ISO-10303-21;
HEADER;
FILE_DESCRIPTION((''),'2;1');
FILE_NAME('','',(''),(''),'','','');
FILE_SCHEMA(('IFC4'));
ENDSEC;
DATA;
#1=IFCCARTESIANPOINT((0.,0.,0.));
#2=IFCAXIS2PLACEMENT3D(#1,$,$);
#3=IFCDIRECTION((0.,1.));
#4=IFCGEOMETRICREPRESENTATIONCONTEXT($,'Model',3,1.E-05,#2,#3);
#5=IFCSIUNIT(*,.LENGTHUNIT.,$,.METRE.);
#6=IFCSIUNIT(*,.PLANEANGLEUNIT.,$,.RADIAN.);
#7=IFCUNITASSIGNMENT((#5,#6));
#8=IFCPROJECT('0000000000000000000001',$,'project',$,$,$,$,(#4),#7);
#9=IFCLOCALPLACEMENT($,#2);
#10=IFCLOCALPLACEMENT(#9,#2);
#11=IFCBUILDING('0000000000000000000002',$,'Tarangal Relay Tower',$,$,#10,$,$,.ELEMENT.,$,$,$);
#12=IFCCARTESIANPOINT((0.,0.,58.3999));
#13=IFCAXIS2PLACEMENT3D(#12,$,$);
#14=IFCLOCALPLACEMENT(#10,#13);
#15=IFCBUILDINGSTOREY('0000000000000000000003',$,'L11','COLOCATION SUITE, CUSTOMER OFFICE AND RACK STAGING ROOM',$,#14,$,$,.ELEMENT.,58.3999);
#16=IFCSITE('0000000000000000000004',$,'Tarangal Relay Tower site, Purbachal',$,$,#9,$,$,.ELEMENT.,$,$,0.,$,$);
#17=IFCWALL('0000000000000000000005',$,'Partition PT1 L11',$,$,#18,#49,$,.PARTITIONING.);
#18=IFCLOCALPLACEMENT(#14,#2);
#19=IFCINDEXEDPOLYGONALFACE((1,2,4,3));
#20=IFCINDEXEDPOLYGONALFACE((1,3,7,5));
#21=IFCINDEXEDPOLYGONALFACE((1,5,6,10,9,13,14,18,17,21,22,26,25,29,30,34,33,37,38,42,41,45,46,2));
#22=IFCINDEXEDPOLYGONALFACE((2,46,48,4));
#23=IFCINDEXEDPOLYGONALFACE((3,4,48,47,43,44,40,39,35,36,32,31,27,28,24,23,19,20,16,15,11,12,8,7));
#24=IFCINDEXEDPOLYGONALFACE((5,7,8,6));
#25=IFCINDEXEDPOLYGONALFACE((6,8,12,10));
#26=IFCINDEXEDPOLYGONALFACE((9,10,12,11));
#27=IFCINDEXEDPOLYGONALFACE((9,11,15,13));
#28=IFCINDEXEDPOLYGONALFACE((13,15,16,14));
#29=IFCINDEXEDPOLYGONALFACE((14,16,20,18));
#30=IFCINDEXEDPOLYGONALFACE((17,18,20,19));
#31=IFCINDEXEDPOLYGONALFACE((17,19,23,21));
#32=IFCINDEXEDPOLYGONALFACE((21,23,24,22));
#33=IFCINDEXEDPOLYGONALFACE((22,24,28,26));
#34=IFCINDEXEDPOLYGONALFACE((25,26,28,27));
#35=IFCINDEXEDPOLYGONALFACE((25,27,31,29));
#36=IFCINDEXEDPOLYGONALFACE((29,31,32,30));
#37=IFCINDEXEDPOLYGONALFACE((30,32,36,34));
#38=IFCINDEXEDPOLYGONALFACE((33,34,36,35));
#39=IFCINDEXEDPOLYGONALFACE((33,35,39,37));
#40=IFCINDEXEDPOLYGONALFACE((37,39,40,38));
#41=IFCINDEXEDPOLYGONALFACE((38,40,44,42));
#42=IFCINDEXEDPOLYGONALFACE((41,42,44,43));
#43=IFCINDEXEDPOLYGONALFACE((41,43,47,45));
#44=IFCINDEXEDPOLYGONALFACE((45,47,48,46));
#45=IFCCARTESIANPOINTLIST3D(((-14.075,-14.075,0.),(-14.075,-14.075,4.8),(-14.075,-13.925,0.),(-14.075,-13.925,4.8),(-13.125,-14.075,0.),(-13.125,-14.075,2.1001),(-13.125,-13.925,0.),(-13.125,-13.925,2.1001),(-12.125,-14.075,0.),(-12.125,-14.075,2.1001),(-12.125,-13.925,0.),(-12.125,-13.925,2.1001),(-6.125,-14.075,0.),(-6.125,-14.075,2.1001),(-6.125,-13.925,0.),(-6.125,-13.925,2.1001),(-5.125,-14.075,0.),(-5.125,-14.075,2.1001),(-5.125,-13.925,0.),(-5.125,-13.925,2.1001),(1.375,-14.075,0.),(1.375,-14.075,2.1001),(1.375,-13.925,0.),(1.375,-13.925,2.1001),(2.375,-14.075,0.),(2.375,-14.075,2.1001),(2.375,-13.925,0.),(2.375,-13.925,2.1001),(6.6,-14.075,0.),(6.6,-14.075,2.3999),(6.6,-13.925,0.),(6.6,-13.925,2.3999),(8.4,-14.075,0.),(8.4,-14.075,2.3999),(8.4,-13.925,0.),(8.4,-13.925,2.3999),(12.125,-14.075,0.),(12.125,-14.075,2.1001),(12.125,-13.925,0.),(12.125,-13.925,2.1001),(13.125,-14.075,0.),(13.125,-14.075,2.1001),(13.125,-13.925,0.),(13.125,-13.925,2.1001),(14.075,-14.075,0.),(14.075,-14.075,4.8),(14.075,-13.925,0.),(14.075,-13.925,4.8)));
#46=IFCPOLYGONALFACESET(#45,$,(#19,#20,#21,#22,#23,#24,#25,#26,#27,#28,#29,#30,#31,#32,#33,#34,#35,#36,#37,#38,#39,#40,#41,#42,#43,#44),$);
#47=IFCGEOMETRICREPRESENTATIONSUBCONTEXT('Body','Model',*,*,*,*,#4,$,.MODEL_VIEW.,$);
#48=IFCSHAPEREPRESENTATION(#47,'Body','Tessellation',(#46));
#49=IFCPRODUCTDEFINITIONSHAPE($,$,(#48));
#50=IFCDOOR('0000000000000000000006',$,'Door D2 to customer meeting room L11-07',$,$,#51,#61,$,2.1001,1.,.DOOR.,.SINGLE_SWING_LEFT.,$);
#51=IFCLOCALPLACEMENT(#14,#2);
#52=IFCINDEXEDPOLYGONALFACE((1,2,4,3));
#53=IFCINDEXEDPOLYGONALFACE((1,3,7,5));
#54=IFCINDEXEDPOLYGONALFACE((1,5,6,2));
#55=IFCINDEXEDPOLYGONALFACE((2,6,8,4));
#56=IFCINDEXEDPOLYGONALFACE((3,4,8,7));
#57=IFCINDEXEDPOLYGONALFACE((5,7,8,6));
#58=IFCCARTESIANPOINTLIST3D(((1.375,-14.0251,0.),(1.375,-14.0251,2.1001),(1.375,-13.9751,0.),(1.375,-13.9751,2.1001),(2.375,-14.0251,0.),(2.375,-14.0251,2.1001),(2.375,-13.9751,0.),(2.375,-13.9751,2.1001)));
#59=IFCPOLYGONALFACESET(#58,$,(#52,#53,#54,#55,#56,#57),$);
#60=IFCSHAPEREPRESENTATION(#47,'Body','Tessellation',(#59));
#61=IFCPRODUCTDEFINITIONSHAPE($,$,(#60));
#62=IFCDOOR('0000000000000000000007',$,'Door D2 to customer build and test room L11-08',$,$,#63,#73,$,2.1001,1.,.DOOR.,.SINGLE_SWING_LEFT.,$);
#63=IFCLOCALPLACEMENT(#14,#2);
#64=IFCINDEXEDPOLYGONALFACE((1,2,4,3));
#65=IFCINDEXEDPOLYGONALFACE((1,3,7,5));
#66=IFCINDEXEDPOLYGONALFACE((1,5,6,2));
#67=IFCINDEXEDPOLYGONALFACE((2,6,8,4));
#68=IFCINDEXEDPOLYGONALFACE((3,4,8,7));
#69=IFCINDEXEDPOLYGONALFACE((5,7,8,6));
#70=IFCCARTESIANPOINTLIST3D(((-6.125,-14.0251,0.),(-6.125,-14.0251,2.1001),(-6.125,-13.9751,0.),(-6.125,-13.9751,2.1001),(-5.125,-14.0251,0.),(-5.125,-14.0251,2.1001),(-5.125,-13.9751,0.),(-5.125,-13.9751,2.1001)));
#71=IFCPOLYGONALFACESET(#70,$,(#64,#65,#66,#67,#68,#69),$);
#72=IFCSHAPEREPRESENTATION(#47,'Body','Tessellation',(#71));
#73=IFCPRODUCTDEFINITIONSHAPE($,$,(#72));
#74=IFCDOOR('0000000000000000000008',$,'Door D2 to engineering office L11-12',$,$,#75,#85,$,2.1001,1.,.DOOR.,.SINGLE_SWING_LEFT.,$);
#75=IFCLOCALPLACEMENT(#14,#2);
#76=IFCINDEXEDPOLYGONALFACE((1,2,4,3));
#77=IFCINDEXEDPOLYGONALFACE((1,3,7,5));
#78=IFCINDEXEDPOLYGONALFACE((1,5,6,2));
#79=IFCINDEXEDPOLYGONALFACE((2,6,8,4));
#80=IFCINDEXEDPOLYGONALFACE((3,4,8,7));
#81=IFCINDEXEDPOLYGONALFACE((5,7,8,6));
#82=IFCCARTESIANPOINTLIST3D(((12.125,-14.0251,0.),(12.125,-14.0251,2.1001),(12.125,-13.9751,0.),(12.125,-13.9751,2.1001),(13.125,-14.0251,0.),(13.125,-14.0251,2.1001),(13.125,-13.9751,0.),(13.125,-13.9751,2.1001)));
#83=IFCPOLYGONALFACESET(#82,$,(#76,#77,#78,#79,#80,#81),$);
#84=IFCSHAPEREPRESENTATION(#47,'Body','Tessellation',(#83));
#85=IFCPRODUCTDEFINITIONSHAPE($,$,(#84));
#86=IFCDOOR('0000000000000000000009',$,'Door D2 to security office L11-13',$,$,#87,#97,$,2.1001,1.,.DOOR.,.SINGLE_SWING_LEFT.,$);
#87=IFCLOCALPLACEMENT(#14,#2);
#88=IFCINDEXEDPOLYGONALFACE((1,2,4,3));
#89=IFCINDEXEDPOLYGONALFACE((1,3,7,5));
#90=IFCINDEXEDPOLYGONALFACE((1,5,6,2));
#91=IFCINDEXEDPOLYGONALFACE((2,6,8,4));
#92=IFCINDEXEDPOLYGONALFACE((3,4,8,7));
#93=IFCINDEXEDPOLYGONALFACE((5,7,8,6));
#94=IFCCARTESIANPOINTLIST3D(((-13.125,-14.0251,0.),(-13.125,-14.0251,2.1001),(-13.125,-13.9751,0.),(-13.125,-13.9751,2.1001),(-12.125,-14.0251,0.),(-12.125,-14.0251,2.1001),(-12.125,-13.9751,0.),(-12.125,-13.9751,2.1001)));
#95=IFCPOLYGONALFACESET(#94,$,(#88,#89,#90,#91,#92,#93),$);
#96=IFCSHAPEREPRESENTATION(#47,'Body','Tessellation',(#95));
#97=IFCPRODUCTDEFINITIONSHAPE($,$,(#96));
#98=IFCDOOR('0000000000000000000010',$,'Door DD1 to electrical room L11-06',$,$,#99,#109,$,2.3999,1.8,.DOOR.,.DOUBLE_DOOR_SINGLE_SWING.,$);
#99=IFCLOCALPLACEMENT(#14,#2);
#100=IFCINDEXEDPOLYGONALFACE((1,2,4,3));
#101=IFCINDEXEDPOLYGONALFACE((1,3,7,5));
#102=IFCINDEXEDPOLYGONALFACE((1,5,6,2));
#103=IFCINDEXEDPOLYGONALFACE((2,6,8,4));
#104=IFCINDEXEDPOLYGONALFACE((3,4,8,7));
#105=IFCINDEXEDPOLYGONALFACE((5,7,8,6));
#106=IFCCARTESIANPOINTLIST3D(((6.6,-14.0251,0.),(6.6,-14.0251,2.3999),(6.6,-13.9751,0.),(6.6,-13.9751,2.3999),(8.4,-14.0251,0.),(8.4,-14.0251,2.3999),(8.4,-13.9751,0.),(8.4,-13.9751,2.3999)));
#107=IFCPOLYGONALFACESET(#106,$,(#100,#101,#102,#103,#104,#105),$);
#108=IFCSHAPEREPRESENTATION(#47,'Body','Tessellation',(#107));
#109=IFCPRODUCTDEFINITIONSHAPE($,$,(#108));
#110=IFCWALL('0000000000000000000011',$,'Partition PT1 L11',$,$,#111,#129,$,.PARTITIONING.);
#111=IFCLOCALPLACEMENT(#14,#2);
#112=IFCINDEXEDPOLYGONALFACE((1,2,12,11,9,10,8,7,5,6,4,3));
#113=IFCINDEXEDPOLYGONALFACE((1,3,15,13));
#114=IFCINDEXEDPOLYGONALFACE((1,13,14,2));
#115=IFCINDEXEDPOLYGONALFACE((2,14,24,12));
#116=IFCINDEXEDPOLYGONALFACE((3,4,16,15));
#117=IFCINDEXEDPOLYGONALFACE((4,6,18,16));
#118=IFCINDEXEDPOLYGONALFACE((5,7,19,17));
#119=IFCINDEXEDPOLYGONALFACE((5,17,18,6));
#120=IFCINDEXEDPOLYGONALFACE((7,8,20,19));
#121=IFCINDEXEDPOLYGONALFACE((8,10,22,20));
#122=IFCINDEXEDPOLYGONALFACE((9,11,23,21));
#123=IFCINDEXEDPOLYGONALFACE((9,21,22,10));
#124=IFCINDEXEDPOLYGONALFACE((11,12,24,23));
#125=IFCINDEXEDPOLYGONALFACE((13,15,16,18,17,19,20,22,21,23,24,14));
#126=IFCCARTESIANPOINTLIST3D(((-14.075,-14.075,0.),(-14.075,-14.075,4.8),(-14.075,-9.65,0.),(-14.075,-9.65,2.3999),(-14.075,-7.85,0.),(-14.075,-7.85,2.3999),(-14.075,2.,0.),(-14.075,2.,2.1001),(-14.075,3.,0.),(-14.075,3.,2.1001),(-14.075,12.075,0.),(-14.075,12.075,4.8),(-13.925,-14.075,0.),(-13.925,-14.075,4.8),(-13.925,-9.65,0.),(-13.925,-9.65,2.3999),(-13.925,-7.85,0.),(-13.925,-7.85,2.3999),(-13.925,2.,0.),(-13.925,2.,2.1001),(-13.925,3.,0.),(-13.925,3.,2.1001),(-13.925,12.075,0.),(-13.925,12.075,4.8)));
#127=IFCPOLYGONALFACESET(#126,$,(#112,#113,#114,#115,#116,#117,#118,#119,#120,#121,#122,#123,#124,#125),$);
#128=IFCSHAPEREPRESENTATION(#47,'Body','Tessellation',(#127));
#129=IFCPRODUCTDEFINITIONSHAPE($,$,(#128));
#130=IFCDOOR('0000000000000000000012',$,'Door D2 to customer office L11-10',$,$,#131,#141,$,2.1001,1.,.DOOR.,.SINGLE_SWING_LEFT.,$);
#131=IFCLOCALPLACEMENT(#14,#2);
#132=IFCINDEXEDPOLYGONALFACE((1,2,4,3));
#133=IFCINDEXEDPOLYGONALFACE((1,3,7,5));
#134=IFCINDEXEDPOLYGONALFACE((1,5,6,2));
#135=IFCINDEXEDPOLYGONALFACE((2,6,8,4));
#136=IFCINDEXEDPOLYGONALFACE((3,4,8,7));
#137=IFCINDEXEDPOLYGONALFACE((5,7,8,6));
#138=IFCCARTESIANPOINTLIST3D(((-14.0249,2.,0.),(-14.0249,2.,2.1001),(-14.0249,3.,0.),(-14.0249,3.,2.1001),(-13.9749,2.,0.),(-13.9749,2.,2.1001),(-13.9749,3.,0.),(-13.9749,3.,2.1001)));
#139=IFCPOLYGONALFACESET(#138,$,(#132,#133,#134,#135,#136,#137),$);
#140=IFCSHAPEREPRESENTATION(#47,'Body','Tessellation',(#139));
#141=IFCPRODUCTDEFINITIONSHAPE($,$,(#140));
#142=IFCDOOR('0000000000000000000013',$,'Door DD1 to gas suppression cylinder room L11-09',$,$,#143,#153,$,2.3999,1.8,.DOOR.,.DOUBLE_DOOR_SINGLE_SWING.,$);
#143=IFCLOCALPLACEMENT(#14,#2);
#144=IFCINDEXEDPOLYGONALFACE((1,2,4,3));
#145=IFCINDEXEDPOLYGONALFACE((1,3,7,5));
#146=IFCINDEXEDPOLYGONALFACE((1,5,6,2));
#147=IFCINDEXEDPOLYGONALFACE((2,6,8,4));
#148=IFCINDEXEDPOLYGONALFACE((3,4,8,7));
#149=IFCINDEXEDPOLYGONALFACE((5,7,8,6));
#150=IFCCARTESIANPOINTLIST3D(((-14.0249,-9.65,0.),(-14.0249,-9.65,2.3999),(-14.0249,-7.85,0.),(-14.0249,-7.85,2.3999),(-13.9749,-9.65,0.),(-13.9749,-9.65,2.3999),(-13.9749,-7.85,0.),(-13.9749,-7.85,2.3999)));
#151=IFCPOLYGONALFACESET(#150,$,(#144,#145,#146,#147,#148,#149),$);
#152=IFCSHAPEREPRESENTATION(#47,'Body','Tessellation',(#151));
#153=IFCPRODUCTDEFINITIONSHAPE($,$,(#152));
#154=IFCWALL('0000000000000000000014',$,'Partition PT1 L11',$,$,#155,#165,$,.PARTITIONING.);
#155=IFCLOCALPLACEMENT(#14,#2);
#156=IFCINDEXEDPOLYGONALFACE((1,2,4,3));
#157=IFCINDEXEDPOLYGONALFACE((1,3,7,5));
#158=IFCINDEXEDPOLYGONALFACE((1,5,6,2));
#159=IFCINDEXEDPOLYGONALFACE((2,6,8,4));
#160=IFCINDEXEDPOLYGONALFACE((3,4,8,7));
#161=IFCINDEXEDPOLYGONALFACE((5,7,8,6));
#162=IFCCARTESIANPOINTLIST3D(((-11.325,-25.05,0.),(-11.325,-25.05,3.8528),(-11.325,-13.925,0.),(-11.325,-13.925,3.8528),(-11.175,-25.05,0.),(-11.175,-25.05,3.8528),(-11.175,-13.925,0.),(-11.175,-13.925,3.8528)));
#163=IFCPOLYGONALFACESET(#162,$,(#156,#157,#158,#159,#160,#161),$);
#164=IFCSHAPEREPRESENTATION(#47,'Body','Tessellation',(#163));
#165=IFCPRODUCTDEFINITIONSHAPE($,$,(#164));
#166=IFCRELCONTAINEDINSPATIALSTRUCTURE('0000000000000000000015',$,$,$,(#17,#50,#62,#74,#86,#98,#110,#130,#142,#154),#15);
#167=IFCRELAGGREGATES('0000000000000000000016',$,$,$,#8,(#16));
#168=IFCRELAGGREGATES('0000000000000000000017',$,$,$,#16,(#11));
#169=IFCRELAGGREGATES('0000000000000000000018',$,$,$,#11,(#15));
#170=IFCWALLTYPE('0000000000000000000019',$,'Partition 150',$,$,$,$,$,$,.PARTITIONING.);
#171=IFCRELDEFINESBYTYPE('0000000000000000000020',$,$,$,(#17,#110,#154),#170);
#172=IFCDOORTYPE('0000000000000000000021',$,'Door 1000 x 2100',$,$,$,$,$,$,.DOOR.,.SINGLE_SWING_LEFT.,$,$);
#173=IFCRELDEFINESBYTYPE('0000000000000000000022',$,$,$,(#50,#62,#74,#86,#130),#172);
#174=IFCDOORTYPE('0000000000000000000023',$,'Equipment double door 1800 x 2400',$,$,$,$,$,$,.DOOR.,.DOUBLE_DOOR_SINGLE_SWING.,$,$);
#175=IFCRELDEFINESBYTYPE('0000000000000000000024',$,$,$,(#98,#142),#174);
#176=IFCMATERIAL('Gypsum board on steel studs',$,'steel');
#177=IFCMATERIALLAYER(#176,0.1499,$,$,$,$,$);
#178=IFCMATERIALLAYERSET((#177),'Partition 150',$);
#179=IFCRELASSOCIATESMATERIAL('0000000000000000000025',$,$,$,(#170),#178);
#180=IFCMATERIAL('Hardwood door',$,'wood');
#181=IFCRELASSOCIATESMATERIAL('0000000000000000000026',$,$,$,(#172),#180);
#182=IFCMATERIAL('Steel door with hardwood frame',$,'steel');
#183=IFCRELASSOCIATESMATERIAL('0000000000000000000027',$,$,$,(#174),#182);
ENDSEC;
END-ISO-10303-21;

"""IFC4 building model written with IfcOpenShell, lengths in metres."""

from ifc_helpers import new_model, si_unit, direction, frame, frame_2d, origin, place, context, subcontext, project, spatial, rectangle, extrude, material, layer, layer_set, type_object, element, fill, save


model = new_model("IFC4")

# Units and contexts
model_context = context("Model", 3, precision=1e-05, world=origin(), true_north=direction((0.0, 1.0)))
body_context = subcontext(model_context, "Body", "Model", "MODEL_VIEW")
ifc_project = project(units=[si_unit("LENGTHUNIT", "METRE"), si_unit("PLANEANGLEUNIT", "RADIAN")], contexts=[model_context])

# Site, building, storey
site_placement = place(None, origin())
site = spatial("IfcSite", under=ifc_project, at=site_placement, Name="Tarangal Relay Tower site, Purbachal", CompositionType="ELEMENT", RefElevation=0.0)
building_placement = place(site_placement, origin())
building = spatial("IfcBuilding", under=site, at=building_placement, Name="Tarangal Relay Tower", CompositionType="ELEMENT")
storey_placement = place(building_placement, frame((0.0, 0.0, 58.3999)))
storey = spatial("IfcBuildingStorey", under=building, at=storey_placement, Name="L11", Description="COLOCATION SUITE, CUSTOMER OFFICE AND RACK STAGING ROOM", CompositionType="ELEMENT", Elevation=58.3999)

# Walls, openings, doors
ifc_material_1 = material(Name="Gypsum board on steel studs", Category="steel")
ifc_layer_1 = layer(ifc_material_1, 0.1499)
ifc_layer_set_1 = layer_set([ifc_layer_1], Name="Partition 150")
wall_type_1 = type_object("IfcWallType", Name="Partition 150", PredefinedType="PARTITIONING", material=ifc_layer_set_1)
wall_1_placement = place(storey_placement, frame((-14.075, -14.0, 0.0), z_axis=(0.0, 0.0, 1.0), x_axis=(1.0, 0.0, 0.0)))
wall_1 = element("IfcWall", 1, at=wall_1_placement, inside=storey, type_object=wall_type_1, Name="Partition PT1 L11", PredefinedType="PARTITIONING", context=body_context, shape_type="SweptSolid", body=[
    extrude(rectangle(XDim=28.1499, YDim=0.1499, at=frame_2d((14.075, 0.0))), origin(), (0.0, 0.0, 1.0), 4.8),
])
opening_1_placement = place(wall_1_placement, frame((20.675, 0.0, 0.0)))
opening_1 = element("IfcOpeningElement", 2, at=opening_1_placement, cuts=wall_1, PredefinedType="OPENING", context=body_context, shape_type="SweptSolid", body=[
    extrude(rectangle(XDim=1.8, YDim=2.3999, at=frame_2d((0.8999, 1.2))), frame((0.0, 0.085, 0.0), z_axis=(0.0, -1.0, 0.0), x_axis=(1.0, 0.0, 0.0)), (0.0, 0.0, 1.0), 0.1699),
])
opening_2_placement = place(wall_1_placement, frame((15.45, 0.0, 0.0)))
opening_2 = element("IfcOpeningElement", 3, at=opening_2_placement, cuts=wall_1, PredefinedType="OPENING", context=body_context, shape_type="SweptSolid", body=[
    extrude(rectangle(XDim=1.0, YDim=2.1001, at=frame_2d((0.5, 1.05))), frame((0.0, 0.085, 0.0), z_axis=(0.0, -1.0, 0.0), x_axis=(1.0, 0.0, 0.0)), (0.0, 0.0, 1.0), 0.1699),
])
opening_3_placement = place(wall_1_placement, frame((7.95, 0.0, 0.0)))
opening_3 = element("IfcOpeningElement", 4, at=opening_3_placement, cuts=wall_1, PredefinedType="OPENING", context=body_context, shape_type="SweptSolid", body=[
    extrude(rectangle(XDim=1.0, YDim=2.1001, at=frame_2d((0.5, 1.05))), frame((0.0, 0.085, 0.0), z_axis=(0.0, -1.0, 0.0), x_axis=(1.0, 0.0, 0.0)), (0.0, 0.0, 1.0), 0.1699),
])
opening_4_placement = place(wall_1_placement, frame((26.2, 0.0, 0.0)))
opening_4 = element("IfcOpeningElement", 5, at=opening_4_placement, cuts=wall_1, PredefinedType="OPENING", context=body_context, shape_type="SweptSolid", body=[
    extrude(rectangle(XDim=1.0, YDim=2.1001, at=frame_2d((0.5, 1.05))), frame((0.0, 0.085, 0.0), z_axis=(0.0, -1.0, 0.0), x_axis=(1.0, 0.0, 0.0)), (0.0, 0.0, 1.0), 0.1699),
])
opening_5_placement = place(wall_1_placement, frame((0.95, 0.0, 0.0)))
opening_5 = element("IfcOpeningElement", 6, at=opening_5_placement, cuts=wall_1, PredefinedType="OPENING", context=body_context, shape_type="SweptSolid", body=[
    extrude(rectangle(XDim=1.0, YDim=2.1001, at=frame_2d((0.5, 1.05))), frame((0.0, 0.085, 0.0), z_axis=(0.0, -1.0, 0.0), x_axis=(1.0, 0.0, 0.0)), (0.0, 0.0, 1.0), 0.1699),
])
ifc_material_2 = material(Name="Hardwood door", Category="wood")
door_type_1 = type_object("IfcDoorType", Name="Door 1000 x 2100", OperationType="SINGLE_SWING_LEFT", PredefinedType="DOOR", material=ifc_material_2)
door_1_placement = place(opening_2_placement, origin())
door_1 = element("IfcDoor", 7, at=door_1_placement, inside=storey, type_object=door_type_1, Name="Door D2 to customer meeting room L11-07", OperationType="SINGLE_SWING_LEFT", OverallHeight=2.1001, OverallWidth=1.0, PredefinedType="DOOR", context=body_context, shape_type="SweptSolid", body=[
    extrude(rectangle(XDim=1.0, YDim=2.1001, at=frame_2d((0.5, 1.05))), frame((0.0, 0.0249, 0.0), z_axis=(0.0, -1.0, 0.0), x_axis=(1.0, 0.0, 0.0)), (0.0, 0.0, 1.0), 0.05),
])
fill(opening_2, door_1)
door_2_placement = place(opening_3_placement, origin())
door_2 = element("IfcDoor", 8, at=door_2_placement, inside=storey, type_object=door_type_1, Name="Door D2 to customer build and test room L11-08", OperationType="SINGLE_SWING_LEFT", OverallHeight=2.1001, OverallWidth=1.0, PredefinedType="DOOR", context=body_context, shape_type="SweptSolid", body=[
    extrude(rectangle(XDim=1.0, YDim=2.1001, at=frame_2d((0.5, 1.05))), frame((0.0, 0.0249, 0.0), z_axis=(0.0, -1.0, 0.0), x_axis=(1.0, 0.0, 0.0)), (0.0, 0.0, 1.0), 0.05),
])
fill(opening_3, door_2)
door_3_placement = place(opening_4_placement, origin())
door_3 = element("IfcDoor", 9, at=door_3_placement, inside=storey, type_object=door_type_1, Name="Door D2 to engineering office L11-12", OperationType="SINGLE_SWING_LEFT", OverallHeight=2.1001, OverallWidth=1.0, PredefinedType="DOOR", context=body_context, shape_type="SweptSolid", body=[
    extrude(rectangle(XDim=1.0, YDim=2.1001, at=frame_2d((0.5, 1.05))), frame((0.0, 0.0249, 0.0), z_axis=(0.0, -1.0, 0.0), x_axis=(1.0, 0.0, 0.0)), (0.0, 0.0, 1.0), 0.05),
])
fill(opening_4, door_3)
door_4_placement = place(opening_5_placement, origin())
door_4 = element("IfcDoor", 10, at=door_4_placement, inside=storey, type_object=door_type_1, Name="Door D2 to security office L11-13", OperationType="SINGLE_SWING_LEFT", OverallHeight=2.1001, OverallWidth=1.0, PredefinedType="DOOR", context=body_context, shape_type="SweptSolid", body=[
    extrude(rectangle(XDim=1.0, YDim=2.1001, at=frame_2d((0.5, 1.05))), frame((0.0, 0.0249, 0.0), z_axis=(0.0, -1.0, 0.0), x_axis=(1.0, 0.0, 0.0)), (0.0, 0.0, 1.0), 0.05),
])
fill(opening_5, door_4)
ifc_material_3 = material(Name="Steel door with hardwood frame", Category="steel")
door_type_2 = type_object("IfcDoorType", Name="Equipment double door 1800 x 2400", OperationType="DOUBLE_DOOR_SINGLE_SWING", PredefinedType="DOOR", material=ifc_material_3)
door_5_placement = place(opening_1_placement, origin())
door_5 = element("IfcDoor", 11, at=door_5_placement, inside=storey, type_object=door_type_2, Name="Door DD1 to electrical room L11-06", OperationType="DOUBLE_DOOR_SINGLE_SWING", OverallHeight=2.3999, OverallWidth=1.8, PredefinedType="DOOR", context=body_context, shape_type="SweptSolid", body=[
    extrude(rectangle(XDim=1.8, YDim=2.3999, at=frame_2d((0.8999, 1.2))), frame((0.0, 0.0249, 0.0), z_axis=(0.0, -1.0, 0.0), x_axis=(1.0, 0.0, 0.0)), (0.0, 0.0, 1.0), 0.05),
])
fill(opening_1, door_5)
wall_2_placement = place(storey_placement, frame((-14.0, -14.075, 0.0), z_axis=(0.0, 0.0, 1.0), x_axis=(0.0, 1.0, 0.0)))
wall_2 = element("IfcWall", 12, at=wall_2_placement, inside=storey, type_object=wall_type_1, Name="Partition PT1 L11", PredefinedType="PARTITIONING", context=body_context, shape_type="SweptSolid", body=[
    extrude(rectangle(XDim=26.1499, YDim=0.1499, at=frame_2d((13.075, 0.0))), origin(), (0.0, 0.0, 1.0), 4.8),
])
opening_6_placement = place(wall_2_placement, frame((4.425, 0.0, 0.0)))
opening_6 = element("IfcOpeningElement", 13, at=opening_6_placement, cuts=wall_2, PredefinedType="OPENING", context=body_context, shape_type="SweptSolid", body=[
    extrude(rectangle(XDim=1.8, YDim=2.3999, at=frame_2d((0.8999, 1.2))), frame((0.0, 0.085, 0.0), z_axis=(0.0, -1.0, 0.0), x_axis=(1.0, 0.0, 0.0)), (0.0, 0.0, 1.0), 0.1699),
])
opening_7_placement = place(wall_2_placement, frame((16.075, 0.0, 0.0)))
opening_7 = element("IfcOpeningElement", 14, at=opening_7_placement, cuts=wall_2, PredefinedType="OPENING", context=body_context, shape_type="SweptSolid", body=[
    extrude(rectangle(XDim=1.0, YDim=2.1001, at=frame_2d((0.5, 1.05))), frame((0.0, 0.085, 0.0), z_axis=(0.0, -1.0, 0.0), x_axis=(1.0, 0.0, 0.0)), (0.0, 0.0, 1.0), 0.1699),
])
door_6_placement = place(opening_7_placement, origin())
door_6 = element("IfcDoor", 15, at=door_6_placement, inside=storey, type_object=door_type_1, Name="Door D2 to customer office L11-10", OperationType="SINGLE_SWING_LEFT", OverallHeight=2.1001, OverallWidth=1.0, PredefinedType="DOOR", context=body_context, shape_type="SweptSolid", body=[
    extrude(rectangle(XDim=1.0, YDim=2.1001, at=frame_2d((0.5, 1.05))), frame((0.0, 0.0249, 0.0), z_axis=(0.0, -1.0, 0.0), x_axis=(1.0, 0.0, 0.0)), (0.0, 0.0, 1.0), 0.05),
])
fill(opening_7, door_6)
door_7_placement = place(opening_6_placement, origin())
door_7 = element("IfcDoor", 16, at=door_7_placement, inside=storey, type_object=door_type_2, Name="Door DD1 to gas suppression cylinder room L11-09", OperationType="DOUBLE_DOOR_SINGLE_SWING", OverallHeight=2.3999, OverallWidth=1.8, PredefinedType="DOOR", context=body_context, shape_type="SweptSolid", body=[
    extrude(rectangle(XDim=1.8, YDim=2.3999, at=frame_2d((0.8999, 1.2))), frame((0.0, 0.0249, 0.0), z_axis=(0.0, -1.0, 0.0), x_axis=(1.0, 0.0, 0.0)), (0.0, 0.0, 1.0), 0.05),
])
fill(opening_6, door_7)

# Wall
wall_3_placement = place(storey_placement, frame((-11.25, -25.05, 0.0), z_axis=(0.0, 0.0, 1.0), x_axis=(0.0, 1.0, 0.0)))
element("IfcWall", 17, at=wall_3_placement, inside=storey, type_object=wall_type_1, Name="Partition PT1 L11", PredefinedType="PARTITIONING", context=body_context, shape_type="SweptSolid", body=[
    extrude(rectangle(XDim=11.125, YDim=0.1499, at=frame_2d((5.5625, 0.0))), origin(), (0.0, 0.0, 1.0), 3.8528),
])

save(model, "model.ifc")
